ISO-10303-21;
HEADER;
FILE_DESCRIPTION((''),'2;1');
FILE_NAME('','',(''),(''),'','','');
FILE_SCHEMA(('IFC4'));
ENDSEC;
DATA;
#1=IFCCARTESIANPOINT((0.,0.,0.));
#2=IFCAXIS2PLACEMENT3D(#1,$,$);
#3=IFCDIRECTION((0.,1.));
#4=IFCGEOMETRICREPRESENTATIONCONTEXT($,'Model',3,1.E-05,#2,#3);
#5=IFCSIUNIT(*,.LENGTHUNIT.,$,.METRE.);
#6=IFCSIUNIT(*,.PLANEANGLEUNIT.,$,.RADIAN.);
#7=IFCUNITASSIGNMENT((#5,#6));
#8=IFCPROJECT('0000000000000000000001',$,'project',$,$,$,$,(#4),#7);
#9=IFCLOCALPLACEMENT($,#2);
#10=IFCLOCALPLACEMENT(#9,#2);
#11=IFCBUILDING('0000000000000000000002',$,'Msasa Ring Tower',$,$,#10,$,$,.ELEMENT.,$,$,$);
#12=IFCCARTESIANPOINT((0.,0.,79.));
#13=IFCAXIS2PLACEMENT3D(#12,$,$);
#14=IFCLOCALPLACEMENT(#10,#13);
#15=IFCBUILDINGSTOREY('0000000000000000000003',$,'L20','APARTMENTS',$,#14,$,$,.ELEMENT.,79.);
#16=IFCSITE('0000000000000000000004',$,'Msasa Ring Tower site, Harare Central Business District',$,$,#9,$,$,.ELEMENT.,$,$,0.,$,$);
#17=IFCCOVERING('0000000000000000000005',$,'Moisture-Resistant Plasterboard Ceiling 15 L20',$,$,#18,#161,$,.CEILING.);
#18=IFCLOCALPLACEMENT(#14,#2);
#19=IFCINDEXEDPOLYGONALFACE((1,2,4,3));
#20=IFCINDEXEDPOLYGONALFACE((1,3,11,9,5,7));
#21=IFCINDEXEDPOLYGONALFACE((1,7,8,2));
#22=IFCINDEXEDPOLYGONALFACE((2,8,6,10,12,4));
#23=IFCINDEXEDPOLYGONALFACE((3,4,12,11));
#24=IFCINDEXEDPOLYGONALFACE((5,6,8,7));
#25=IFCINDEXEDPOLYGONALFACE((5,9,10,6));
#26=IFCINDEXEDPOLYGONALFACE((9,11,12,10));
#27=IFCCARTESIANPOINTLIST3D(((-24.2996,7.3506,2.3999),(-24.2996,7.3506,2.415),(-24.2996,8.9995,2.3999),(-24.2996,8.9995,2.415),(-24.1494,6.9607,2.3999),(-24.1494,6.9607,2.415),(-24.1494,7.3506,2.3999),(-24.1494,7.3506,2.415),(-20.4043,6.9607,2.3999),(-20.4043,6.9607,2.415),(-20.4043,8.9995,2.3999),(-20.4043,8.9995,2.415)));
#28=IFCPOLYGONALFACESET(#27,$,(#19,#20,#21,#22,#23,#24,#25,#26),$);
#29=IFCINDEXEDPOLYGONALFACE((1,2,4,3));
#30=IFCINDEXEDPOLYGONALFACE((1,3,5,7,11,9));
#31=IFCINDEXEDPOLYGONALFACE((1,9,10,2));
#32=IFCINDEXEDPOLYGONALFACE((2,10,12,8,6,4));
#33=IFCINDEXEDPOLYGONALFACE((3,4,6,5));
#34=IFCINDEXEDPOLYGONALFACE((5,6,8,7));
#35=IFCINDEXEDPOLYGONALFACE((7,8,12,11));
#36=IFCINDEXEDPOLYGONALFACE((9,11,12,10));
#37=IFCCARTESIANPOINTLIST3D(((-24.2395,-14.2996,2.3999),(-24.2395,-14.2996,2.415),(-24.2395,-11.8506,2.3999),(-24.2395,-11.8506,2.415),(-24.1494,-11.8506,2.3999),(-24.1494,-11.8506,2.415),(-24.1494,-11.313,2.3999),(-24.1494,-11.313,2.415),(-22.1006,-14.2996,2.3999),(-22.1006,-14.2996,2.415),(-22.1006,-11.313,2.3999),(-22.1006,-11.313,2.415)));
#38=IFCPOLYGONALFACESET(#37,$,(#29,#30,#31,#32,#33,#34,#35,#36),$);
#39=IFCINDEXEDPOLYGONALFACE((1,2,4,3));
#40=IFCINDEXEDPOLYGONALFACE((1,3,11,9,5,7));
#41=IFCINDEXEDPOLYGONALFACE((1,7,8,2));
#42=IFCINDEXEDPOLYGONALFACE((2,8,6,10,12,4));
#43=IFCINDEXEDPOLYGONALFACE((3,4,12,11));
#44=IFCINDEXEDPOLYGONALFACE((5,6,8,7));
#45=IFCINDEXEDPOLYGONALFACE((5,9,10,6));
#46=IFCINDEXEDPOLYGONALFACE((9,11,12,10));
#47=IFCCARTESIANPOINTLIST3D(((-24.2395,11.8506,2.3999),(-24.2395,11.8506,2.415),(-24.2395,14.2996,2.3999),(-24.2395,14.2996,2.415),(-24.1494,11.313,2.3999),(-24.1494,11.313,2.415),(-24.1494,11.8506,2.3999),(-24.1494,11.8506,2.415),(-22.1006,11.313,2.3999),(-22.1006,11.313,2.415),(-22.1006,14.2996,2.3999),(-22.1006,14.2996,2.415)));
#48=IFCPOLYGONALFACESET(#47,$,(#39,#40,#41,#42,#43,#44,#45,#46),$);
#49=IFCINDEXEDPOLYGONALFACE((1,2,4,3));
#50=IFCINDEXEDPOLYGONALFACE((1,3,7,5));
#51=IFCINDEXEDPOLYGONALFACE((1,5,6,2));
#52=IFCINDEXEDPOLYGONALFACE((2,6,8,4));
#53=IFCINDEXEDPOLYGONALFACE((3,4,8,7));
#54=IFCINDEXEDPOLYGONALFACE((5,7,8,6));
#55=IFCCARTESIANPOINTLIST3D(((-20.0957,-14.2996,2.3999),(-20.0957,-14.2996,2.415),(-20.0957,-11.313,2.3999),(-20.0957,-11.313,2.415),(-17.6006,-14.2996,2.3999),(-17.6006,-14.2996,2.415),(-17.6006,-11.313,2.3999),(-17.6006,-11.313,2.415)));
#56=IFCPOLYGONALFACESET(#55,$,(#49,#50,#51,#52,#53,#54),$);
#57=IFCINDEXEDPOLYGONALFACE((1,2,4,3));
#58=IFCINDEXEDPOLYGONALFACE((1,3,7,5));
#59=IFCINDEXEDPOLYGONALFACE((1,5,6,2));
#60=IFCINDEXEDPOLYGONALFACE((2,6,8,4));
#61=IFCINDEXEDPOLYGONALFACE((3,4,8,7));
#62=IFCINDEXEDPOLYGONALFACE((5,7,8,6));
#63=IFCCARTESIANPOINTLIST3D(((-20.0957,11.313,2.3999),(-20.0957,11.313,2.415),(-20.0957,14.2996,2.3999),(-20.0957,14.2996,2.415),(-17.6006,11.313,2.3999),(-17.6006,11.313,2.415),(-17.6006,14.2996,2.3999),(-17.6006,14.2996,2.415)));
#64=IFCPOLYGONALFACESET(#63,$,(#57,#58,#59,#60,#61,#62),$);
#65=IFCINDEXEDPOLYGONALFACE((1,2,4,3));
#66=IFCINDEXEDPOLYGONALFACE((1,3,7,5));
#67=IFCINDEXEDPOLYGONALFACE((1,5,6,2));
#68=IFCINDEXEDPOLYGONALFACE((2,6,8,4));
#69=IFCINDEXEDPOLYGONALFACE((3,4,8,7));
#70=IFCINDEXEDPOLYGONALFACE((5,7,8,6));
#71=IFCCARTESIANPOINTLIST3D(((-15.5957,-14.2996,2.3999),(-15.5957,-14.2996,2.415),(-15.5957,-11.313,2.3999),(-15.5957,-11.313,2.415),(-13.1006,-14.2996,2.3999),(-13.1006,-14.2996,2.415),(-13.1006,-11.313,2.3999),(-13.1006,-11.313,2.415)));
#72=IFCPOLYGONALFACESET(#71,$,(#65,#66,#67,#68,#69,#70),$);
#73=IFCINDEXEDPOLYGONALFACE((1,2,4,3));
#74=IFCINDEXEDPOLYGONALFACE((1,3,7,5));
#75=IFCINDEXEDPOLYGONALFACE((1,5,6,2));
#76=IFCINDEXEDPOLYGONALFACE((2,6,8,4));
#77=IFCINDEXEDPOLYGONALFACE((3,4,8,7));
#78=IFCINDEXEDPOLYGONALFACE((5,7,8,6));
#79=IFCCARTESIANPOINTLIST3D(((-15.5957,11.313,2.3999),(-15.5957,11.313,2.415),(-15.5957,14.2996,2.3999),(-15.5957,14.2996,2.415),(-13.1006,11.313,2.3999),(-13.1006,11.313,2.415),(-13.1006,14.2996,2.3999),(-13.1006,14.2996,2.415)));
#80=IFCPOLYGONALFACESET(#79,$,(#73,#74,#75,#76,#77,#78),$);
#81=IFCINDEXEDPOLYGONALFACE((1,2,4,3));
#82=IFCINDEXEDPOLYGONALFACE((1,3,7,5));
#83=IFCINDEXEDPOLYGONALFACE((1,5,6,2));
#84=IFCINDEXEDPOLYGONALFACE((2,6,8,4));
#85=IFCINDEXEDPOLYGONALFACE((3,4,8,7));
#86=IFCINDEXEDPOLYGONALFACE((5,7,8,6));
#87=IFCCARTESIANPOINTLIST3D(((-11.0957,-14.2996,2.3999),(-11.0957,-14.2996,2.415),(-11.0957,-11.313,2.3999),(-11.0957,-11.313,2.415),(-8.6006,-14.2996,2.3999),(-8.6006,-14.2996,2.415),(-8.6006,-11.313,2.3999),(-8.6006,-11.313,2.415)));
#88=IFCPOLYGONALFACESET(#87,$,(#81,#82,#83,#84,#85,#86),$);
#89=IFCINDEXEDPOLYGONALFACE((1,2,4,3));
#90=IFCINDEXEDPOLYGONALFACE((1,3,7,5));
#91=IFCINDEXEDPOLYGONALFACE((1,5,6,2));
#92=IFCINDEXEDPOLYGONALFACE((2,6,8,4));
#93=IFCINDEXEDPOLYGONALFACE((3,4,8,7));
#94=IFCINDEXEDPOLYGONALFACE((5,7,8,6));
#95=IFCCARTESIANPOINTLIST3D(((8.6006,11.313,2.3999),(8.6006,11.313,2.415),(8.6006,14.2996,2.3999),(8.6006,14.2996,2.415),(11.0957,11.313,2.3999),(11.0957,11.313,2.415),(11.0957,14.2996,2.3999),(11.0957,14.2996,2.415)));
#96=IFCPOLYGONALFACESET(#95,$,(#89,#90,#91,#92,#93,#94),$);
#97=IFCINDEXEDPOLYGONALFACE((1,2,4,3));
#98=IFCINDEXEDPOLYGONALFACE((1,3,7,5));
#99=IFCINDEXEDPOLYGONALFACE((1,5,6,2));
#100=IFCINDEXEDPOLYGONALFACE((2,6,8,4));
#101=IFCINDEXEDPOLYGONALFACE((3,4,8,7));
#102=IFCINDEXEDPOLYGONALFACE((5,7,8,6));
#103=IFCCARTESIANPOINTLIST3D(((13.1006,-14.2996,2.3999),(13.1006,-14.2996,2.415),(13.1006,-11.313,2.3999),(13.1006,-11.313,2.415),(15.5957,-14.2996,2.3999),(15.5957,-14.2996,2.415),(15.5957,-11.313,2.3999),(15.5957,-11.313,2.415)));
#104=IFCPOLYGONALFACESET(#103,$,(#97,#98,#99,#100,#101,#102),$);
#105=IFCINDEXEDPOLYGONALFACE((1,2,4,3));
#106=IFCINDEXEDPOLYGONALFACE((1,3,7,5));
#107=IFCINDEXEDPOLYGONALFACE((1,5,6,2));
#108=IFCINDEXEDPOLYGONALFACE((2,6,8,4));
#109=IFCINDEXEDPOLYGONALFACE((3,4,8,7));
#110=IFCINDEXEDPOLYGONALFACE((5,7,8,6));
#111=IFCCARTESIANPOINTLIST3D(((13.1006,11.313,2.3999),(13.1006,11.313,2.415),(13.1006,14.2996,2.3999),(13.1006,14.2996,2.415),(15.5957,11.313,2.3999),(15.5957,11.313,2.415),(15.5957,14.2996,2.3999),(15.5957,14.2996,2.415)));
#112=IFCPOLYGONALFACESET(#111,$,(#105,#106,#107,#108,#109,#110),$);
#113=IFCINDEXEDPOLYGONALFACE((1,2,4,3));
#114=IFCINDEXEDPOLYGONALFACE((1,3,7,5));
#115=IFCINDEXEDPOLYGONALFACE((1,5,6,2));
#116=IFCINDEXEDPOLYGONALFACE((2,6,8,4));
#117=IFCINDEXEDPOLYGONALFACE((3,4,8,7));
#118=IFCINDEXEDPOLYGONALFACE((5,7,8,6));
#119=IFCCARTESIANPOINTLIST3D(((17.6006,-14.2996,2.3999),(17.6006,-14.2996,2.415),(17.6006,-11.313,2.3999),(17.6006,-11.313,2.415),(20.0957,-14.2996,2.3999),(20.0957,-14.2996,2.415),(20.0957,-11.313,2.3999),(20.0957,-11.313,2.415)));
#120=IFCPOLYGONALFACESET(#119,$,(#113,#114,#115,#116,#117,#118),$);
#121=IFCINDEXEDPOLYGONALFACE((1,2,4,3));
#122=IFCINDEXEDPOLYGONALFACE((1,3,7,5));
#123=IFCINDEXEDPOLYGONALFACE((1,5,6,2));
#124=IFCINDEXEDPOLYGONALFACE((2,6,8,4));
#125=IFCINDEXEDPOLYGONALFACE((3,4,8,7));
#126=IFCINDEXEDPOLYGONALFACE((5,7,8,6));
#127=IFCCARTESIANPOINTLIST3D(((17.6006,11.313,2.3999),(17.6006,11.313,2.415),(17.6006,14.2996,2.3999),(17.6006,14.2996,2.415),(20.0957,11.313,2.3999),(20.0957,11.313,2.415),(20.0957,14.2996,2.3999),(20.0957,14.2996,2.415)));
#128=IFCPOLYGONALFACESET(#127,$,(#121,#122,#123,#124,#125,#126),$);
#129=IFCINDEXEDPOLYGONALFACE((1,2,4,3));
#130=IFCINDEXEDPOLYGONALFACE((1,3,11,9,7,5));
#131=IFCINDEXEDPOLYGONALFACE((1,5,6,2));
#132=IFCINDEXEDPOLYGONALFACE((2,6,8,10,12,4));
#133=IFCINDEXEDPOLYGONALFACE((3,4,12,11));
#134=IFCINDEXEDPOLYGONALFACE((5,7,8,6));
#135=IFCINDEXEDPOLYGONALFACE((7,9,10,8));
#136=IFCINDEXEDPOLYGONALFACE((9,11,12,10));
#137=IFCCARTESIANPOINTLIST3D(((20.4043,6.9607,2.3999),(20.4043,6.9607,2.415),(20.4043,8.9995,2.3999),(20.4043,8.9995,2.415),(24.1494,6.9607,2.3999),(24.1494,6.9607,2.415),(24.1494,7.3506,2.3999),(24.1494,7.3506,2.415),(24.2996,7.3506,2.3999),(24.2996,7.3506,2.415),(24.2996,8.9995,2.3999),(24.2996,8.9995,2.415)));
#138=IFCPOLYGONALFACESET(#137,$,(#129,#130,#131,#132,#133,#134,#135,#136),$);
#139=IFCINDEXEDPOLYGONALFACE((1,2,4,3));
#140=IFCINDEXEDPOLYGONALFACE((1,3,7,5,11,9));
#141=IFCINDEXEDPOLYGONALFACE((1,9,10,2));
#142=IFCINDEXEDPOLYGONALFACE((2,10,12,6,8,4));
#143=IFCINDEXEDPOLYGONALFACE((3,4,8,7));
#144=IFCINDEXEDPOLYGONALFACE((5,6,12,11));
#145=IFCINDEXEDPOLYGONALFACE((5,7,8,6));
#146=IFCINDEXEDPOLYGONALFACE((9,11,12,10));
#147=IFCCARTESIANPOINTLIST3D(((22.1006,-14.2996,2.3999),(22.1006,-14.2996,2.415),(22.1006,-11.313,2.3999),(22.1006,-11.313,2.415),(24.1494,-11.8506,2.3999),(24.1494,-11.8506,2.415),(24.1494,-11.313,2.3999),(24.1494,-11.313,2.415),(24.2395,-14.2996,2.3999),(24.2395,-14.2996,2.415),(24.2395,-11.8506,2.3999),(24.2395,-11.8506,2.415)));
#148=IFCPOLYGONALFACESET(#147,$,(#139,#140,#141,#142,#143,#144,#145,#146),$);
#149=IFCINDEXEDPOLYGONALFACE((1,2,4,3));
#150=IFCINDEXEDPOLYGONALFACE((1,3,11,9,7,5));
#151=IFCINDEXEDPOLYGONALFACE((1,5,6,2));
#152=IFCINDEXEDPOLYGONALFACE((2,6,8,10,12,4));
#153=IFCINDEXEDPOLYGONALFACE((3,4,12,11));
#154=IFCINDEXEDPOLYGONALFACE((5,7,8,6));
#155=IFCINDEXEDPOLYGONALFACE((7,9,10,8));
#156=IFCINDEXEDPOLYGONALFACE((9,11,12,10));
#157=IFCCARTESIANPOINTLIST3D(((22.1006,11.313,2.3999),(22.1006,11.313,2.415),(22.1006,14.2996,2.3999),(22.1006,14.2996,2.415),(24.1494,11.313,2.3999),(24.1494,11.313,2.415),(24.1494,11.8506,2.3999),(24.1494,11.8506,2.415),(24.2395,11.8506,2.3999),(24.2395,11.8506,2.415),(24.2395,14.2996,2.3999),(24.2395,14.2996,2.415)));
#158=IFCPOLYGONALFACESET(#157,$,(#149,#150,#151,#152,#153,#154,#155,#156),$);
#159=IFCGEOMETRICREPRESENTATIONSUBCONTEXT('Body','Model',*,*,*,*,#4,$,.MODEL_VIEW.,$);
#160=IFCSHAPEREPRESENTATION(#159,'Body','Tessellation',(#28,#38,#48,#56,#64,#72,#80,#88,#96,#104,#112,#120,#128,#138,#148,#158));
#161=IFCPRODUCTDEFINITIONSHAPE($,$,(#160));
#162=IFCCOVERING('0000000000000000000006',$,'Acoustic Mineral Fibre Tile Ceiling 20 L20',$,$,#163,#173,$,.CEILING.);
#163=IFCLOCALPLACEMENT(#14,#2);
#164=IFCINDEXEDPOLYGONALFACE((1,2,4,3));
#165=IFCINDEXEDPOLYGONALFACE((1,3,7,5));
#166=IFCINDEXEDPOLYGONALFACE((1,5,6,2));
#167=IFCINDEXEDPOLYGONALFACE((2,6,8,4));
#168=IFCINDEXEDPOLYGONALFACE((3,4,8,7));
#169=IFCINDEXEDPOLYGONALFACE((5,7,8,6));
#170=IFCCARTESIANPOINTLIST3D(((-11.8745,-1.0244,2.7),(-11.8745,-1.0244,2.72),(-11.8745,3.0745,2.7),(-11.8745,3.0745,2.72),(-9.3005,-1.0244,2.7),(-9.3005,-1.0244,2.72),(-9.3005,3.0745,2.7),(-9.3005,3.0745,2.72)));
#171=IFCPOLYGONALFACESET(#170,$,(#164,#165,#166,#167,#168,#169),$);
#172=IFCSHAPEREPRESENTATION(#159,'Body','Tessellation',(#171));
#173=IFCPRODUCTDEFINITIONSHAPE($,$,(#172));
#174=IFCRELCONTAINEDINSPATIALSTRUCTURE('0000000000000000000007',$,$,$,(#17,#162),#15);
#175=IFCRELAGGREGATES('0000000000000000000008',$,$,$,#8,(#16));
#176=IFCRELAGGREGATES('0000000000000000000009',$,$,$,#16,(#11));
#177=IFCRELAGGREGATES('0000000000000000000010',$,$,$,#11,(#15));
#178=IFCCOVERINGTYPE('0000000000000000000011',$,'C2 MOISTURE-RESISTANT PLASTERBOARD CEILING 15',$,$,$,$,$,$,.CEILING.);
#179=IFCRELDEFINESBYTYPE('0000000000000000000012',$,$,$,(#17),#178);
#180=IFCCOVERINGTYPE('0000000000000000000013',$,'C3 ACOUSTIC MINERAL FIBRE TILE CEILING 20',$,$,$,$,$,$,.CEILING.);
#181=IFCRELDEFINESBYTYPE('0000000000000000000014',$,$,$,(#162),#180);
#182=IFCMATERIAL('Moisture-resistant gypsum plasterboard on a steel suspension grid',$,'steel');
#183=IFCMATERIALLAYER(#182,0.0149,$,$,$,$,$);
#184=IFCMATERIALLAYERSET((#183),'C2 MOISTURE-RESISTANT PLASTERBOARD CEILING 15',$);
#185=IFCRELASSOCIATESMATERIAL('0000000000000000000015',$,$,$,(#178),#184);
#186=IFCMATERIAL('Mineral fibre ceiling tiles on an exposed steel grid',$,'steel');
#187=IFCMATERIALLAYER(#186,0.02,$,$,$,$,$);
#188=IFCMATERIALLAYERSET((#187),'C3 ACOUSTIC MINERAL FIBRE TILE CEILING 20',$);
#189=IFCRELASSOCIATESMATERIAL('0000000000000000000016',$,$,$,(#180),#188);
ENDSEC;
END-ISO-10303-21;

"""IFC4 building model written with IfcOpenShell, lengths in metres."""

from ifc_helpers import new_model, si_unit, direction, frame, origin, place, context, subcontext, project, spatial, line, indexed_curve, outline, extrude, material, layer, layer_set, type_object, element, save


model = new_model("IFC4")

# Units and contexts
model_context = context("Model", 3, precision=1e-05, world=origin(), true_north=direction((0.0, 1.0)))
body_context = subcontext(model_context, "Body", "Model", "MODEL_VIEW")
ifc_project = project(units=[si_unit("LENGTHUNIT", "METRE"), si_unit("PLANEANGLEUNIT", "RADIAN")], contexts=[model_context])

# Site, building, storey
site_placement = place(None, origin())
site = spatial("IfcSite", under=ifc_project, at=site_placement, Name="Msasa Ring Tower site, Harare Central Business District", CompositionType="ELEMENT", RefElevation=0.0)
building_placement = place(site_placement, origin())
building = spatial("IfcBuilding", under=site, at=building_placement, Name="Msasa Ring Tower", CompositionType="ELEMENT")
storey_placement = place(building_placement, frame((0.0, 0.0, 79.0)))
storey = spatial("IfcBuildingStorey", under=building, at=storey_placement, Name="L20", Description="APARTMENTS", CompositionType="ELEMENT", Elevation=79.0)

# Coverings
ifc_material_1 = material(Name="Moisture-resistant gypsum plasterboard on a steel suspension grid", Category="steel")
ifc_layer_1 = layer(ifc_material_1, 0.0149)
ifc_layer_set_1 = layer_set([ifc_layer_1], Name="C2 MOISTURE-RESISTANT PLASTERBOARD CEILING 15")
covering_type_1 = type_object("IfcCoveringType", Name="C2 MOISTURE-RESISTANT PLASTERBOARD CEILING 15", PredefinedType="CEILING", material=ifc_layer_set_1)
covering_1_placement = place(storey_placement, frame((0.0, 0.0, 2.3999)))
element("IfcCovering", 1, at=covering_1_placement, inside=storey, type_object=covering_type_1, Name="Moisture-Resistant Plasterboard Ceiling 15 L20", PredefinedType="CEILING", context=body_context, shape_type="SweptSolid", body=[
    extrude(outline(indexed_curve([(-24.2996, 8.9995), (-20.4043, 8.9995), (-20.4043, 6.9607), (-24.1494, 6.9607), (-24.1494, 7.3506), (-24.2996, 7.3506)], segments=[line(1, 2, 3, 4, 5, 6, 1)], self_intersect=False)), origin(), (0.0, 0.0, 1.0), 0.0151),
    extrude(outline(indexed_curve([(-24.2395, -11.8506), (-24.1494, -11.8506), (-24.1494, -11.313), (-22.1006, -11.313), (-22.1006, -14.2996), (-24.2395, -14.2996)], segments=[line(1, 2, 3, 4, 5, 6, 1)], self_intersect=False)), origin(), (0.0, 0.0, 1.0), 0.0151),
    extrude(outline(indexed_curve([(-24.2395, 14.2996), (-22.1006, 14.2996), (-22.1006, 11.313), (-24.1494, 11.313), (-24.1494, 11.8506), (-24.2395, 11.8506)], segments=[line(1, 2, 3, 4, 5, 6, 1)], self_intersect=False)), origin(), (0.0, 0.0, 1.0), 0.0151),
    extrude(outline(indexed_curve([(-17.6006, -11.313), (-17.6006, -14.2996), (-20.0957, -14.2996), (-20.0957, -11.313)], segments=[line(1, 2, 3, 4, 1)], self_intersect=False)), origin(), (0.0, 0.0, 1.0), 0.0151),
    extrude(outline(indexed_curve([(-17.6006, 14.2996), (-17.6006, 11.313), (-20.0957, 11.313), (-20.0957, 14.2996)], segments=[line(1, 2, 3, 4, 1)], self_intersect=False)), origin(), (0.0, 0.0, 1.0), 0.0151),
    extrude(outline(indexed_curve([(-13.1006, -11.313), (-13.1006, -14.2996), (-15.5957, -14.2996), (-15.5957, -11.313)], segments=[line(1, 2, 3, 4, 1)], self_intersect=False)), origin(), (0.0, 0.0, 1.0), 0.0151),
    extrude(outline(indexed_curve([(-13.1006, 14.2996), (-13.1006, 11.313), (-15.5957, 11.313), (-15.5957, 14.2996)], segments=[line(1, 2, 3, 4, 1)], self_intersect=False)), origin(), (0.0, 0.0, 1.0), 0.0151),
    extrude(outline(indexed_curve([(-8.6006, -11.313), (-8.6006, -14.2996), (-11.0957, -14.2996), (-11.0957, -11.313)], segments=[line(1, 2, 3, 4, 1)], self_intersect=False)), origin(), (0.0, 0.0, 1.0), 0.0151),
    extrude(outline(indexed_curve([(8.6006, 14.2996), (11.0957, 14.2996), (11.0957, 11.313), (8.6006, 11.313)], segments=[line(1, 2, 3, 4, 1)], self_intersect=False)), origin(), (0.0, 0.0, 1.0), 0.0151),
    extrude(outline(indexed_curve([(13.1006, -11.313), (15.5957, -11.313), (15.5957, -14.2996), (13.1006, -14.2996)], segments=[line(1, 2, 3, 4, 1)], self_intersect=False)), origin(), (0.0, 0.0, 1.0), 0.0151),
    extrude(outline(indexed_curve([(13.1006, 14.2996), (15.5957, 14.2996), (15.5957, 11.313), (13.1006, 11.313)], segments=[line(1, 2, 3, 4, 1)], self_intersect=False)), origin(), (0.0, 0.0, 1.0), 0.0151),
    extrude(outline(indexed_curve([(17.6006, -11.313), (20.0957, -11.313), (20.0957, -14.2996), (17.6006, -14.2996)], segments=[line(1, 2, 3, 4, 1)], self_intersect=False)), origin(), (0.0, 0.0, 1.0), 0.0151),
    extrude(outline(indexed_curve([(17.6006, 14.2996), (20.0957, 14.2996), (20.0957, 11.313), (17.6006, 11.313)], segments=[line(1, 2, 3, 4, 1)], self_intersect=False)), origin(), (0.0, 0.0, 1.0), 0.0151),
    extrude(outline(indexed_curve([(24.2996, 8.9995), (24.2996, 7.3506), (24.1494, 7.3506), (24.1494, 6.9607), (20.4043, 6.9607), (20.4043, 8.9995)], segments=[line(1, 2, 3, 4, 5, 6, 1)], self_intersect=False)), origin(), (0.0, 0.0, 1.0), 0.0151),
    extrude(outline(indexed_curve([(22.1006, -11.313), (24.1494, -11.313), (24.1494, -11.8506), (24.2395, -11.8506), (24.2395, -14.2996), (22.1006, -14.2996)], segments=[line(1, 2, 3, 4, 5, 6, 1)], self_intersect=False)), origin(), (0.0, 0.0, 1.0), 0.0151),
    extrude(outline(indexed_curve([(22.1006, 14.2996), (24.2395, 14.2996), (24.2395, 11.8506), (24.1494, 11.8506), (24.1494, 11.313), (22.1006, 11.313)], segments=[line(1, 2, 3, 4, 5, 6, 1)], self_intersect=False)), origin(), (0.0, 0.0, 1.0), 0.0151),
])
ifc_material_2 = material(Name="Mineral fibre ceiling tiles on an exposed steel grid", Category="steel")
ifc_layer_2 = layer(ifc_material_2, 0.02)
ifc_layer_set_2 = layer_set([ifc_layer_2], Name="C3 ACOUSTIC MINERAL FIBRE TILE CEILING 20")
covering_type_2 = type_object("IfcCoveringType", Name="C3 ACOUSTIC MINERAL FIBRE TILE CEILING 20", PredefinedType="CEILING", material=ifc_layer_set_2)
covering_2_placement = place(storey_placement, frame((0.0, 0.0, 2.7)))
element("IfcCovering", 2, at=covering_2_placement, inside=storey, type_object=covering_type_2, Name="Acoustic Mineral Fibre Tile Ceiling 20 L20", PredefinedType="CEILING", context=body_context, shape_type="SweptSolid", body=[
    extrude(outline(indexed_curve([(-11.8745, 3.0745), (-9.3005, 3.0745), (-9.3005, -1.0244), (-11.8745, -1.0244)], segments=[line(1, 2, 3, 4, 1)], self_intersect=False)), origin(), (0.0, 0.0, 1.0), 0.02),
])

save(model, "model.ifc")
